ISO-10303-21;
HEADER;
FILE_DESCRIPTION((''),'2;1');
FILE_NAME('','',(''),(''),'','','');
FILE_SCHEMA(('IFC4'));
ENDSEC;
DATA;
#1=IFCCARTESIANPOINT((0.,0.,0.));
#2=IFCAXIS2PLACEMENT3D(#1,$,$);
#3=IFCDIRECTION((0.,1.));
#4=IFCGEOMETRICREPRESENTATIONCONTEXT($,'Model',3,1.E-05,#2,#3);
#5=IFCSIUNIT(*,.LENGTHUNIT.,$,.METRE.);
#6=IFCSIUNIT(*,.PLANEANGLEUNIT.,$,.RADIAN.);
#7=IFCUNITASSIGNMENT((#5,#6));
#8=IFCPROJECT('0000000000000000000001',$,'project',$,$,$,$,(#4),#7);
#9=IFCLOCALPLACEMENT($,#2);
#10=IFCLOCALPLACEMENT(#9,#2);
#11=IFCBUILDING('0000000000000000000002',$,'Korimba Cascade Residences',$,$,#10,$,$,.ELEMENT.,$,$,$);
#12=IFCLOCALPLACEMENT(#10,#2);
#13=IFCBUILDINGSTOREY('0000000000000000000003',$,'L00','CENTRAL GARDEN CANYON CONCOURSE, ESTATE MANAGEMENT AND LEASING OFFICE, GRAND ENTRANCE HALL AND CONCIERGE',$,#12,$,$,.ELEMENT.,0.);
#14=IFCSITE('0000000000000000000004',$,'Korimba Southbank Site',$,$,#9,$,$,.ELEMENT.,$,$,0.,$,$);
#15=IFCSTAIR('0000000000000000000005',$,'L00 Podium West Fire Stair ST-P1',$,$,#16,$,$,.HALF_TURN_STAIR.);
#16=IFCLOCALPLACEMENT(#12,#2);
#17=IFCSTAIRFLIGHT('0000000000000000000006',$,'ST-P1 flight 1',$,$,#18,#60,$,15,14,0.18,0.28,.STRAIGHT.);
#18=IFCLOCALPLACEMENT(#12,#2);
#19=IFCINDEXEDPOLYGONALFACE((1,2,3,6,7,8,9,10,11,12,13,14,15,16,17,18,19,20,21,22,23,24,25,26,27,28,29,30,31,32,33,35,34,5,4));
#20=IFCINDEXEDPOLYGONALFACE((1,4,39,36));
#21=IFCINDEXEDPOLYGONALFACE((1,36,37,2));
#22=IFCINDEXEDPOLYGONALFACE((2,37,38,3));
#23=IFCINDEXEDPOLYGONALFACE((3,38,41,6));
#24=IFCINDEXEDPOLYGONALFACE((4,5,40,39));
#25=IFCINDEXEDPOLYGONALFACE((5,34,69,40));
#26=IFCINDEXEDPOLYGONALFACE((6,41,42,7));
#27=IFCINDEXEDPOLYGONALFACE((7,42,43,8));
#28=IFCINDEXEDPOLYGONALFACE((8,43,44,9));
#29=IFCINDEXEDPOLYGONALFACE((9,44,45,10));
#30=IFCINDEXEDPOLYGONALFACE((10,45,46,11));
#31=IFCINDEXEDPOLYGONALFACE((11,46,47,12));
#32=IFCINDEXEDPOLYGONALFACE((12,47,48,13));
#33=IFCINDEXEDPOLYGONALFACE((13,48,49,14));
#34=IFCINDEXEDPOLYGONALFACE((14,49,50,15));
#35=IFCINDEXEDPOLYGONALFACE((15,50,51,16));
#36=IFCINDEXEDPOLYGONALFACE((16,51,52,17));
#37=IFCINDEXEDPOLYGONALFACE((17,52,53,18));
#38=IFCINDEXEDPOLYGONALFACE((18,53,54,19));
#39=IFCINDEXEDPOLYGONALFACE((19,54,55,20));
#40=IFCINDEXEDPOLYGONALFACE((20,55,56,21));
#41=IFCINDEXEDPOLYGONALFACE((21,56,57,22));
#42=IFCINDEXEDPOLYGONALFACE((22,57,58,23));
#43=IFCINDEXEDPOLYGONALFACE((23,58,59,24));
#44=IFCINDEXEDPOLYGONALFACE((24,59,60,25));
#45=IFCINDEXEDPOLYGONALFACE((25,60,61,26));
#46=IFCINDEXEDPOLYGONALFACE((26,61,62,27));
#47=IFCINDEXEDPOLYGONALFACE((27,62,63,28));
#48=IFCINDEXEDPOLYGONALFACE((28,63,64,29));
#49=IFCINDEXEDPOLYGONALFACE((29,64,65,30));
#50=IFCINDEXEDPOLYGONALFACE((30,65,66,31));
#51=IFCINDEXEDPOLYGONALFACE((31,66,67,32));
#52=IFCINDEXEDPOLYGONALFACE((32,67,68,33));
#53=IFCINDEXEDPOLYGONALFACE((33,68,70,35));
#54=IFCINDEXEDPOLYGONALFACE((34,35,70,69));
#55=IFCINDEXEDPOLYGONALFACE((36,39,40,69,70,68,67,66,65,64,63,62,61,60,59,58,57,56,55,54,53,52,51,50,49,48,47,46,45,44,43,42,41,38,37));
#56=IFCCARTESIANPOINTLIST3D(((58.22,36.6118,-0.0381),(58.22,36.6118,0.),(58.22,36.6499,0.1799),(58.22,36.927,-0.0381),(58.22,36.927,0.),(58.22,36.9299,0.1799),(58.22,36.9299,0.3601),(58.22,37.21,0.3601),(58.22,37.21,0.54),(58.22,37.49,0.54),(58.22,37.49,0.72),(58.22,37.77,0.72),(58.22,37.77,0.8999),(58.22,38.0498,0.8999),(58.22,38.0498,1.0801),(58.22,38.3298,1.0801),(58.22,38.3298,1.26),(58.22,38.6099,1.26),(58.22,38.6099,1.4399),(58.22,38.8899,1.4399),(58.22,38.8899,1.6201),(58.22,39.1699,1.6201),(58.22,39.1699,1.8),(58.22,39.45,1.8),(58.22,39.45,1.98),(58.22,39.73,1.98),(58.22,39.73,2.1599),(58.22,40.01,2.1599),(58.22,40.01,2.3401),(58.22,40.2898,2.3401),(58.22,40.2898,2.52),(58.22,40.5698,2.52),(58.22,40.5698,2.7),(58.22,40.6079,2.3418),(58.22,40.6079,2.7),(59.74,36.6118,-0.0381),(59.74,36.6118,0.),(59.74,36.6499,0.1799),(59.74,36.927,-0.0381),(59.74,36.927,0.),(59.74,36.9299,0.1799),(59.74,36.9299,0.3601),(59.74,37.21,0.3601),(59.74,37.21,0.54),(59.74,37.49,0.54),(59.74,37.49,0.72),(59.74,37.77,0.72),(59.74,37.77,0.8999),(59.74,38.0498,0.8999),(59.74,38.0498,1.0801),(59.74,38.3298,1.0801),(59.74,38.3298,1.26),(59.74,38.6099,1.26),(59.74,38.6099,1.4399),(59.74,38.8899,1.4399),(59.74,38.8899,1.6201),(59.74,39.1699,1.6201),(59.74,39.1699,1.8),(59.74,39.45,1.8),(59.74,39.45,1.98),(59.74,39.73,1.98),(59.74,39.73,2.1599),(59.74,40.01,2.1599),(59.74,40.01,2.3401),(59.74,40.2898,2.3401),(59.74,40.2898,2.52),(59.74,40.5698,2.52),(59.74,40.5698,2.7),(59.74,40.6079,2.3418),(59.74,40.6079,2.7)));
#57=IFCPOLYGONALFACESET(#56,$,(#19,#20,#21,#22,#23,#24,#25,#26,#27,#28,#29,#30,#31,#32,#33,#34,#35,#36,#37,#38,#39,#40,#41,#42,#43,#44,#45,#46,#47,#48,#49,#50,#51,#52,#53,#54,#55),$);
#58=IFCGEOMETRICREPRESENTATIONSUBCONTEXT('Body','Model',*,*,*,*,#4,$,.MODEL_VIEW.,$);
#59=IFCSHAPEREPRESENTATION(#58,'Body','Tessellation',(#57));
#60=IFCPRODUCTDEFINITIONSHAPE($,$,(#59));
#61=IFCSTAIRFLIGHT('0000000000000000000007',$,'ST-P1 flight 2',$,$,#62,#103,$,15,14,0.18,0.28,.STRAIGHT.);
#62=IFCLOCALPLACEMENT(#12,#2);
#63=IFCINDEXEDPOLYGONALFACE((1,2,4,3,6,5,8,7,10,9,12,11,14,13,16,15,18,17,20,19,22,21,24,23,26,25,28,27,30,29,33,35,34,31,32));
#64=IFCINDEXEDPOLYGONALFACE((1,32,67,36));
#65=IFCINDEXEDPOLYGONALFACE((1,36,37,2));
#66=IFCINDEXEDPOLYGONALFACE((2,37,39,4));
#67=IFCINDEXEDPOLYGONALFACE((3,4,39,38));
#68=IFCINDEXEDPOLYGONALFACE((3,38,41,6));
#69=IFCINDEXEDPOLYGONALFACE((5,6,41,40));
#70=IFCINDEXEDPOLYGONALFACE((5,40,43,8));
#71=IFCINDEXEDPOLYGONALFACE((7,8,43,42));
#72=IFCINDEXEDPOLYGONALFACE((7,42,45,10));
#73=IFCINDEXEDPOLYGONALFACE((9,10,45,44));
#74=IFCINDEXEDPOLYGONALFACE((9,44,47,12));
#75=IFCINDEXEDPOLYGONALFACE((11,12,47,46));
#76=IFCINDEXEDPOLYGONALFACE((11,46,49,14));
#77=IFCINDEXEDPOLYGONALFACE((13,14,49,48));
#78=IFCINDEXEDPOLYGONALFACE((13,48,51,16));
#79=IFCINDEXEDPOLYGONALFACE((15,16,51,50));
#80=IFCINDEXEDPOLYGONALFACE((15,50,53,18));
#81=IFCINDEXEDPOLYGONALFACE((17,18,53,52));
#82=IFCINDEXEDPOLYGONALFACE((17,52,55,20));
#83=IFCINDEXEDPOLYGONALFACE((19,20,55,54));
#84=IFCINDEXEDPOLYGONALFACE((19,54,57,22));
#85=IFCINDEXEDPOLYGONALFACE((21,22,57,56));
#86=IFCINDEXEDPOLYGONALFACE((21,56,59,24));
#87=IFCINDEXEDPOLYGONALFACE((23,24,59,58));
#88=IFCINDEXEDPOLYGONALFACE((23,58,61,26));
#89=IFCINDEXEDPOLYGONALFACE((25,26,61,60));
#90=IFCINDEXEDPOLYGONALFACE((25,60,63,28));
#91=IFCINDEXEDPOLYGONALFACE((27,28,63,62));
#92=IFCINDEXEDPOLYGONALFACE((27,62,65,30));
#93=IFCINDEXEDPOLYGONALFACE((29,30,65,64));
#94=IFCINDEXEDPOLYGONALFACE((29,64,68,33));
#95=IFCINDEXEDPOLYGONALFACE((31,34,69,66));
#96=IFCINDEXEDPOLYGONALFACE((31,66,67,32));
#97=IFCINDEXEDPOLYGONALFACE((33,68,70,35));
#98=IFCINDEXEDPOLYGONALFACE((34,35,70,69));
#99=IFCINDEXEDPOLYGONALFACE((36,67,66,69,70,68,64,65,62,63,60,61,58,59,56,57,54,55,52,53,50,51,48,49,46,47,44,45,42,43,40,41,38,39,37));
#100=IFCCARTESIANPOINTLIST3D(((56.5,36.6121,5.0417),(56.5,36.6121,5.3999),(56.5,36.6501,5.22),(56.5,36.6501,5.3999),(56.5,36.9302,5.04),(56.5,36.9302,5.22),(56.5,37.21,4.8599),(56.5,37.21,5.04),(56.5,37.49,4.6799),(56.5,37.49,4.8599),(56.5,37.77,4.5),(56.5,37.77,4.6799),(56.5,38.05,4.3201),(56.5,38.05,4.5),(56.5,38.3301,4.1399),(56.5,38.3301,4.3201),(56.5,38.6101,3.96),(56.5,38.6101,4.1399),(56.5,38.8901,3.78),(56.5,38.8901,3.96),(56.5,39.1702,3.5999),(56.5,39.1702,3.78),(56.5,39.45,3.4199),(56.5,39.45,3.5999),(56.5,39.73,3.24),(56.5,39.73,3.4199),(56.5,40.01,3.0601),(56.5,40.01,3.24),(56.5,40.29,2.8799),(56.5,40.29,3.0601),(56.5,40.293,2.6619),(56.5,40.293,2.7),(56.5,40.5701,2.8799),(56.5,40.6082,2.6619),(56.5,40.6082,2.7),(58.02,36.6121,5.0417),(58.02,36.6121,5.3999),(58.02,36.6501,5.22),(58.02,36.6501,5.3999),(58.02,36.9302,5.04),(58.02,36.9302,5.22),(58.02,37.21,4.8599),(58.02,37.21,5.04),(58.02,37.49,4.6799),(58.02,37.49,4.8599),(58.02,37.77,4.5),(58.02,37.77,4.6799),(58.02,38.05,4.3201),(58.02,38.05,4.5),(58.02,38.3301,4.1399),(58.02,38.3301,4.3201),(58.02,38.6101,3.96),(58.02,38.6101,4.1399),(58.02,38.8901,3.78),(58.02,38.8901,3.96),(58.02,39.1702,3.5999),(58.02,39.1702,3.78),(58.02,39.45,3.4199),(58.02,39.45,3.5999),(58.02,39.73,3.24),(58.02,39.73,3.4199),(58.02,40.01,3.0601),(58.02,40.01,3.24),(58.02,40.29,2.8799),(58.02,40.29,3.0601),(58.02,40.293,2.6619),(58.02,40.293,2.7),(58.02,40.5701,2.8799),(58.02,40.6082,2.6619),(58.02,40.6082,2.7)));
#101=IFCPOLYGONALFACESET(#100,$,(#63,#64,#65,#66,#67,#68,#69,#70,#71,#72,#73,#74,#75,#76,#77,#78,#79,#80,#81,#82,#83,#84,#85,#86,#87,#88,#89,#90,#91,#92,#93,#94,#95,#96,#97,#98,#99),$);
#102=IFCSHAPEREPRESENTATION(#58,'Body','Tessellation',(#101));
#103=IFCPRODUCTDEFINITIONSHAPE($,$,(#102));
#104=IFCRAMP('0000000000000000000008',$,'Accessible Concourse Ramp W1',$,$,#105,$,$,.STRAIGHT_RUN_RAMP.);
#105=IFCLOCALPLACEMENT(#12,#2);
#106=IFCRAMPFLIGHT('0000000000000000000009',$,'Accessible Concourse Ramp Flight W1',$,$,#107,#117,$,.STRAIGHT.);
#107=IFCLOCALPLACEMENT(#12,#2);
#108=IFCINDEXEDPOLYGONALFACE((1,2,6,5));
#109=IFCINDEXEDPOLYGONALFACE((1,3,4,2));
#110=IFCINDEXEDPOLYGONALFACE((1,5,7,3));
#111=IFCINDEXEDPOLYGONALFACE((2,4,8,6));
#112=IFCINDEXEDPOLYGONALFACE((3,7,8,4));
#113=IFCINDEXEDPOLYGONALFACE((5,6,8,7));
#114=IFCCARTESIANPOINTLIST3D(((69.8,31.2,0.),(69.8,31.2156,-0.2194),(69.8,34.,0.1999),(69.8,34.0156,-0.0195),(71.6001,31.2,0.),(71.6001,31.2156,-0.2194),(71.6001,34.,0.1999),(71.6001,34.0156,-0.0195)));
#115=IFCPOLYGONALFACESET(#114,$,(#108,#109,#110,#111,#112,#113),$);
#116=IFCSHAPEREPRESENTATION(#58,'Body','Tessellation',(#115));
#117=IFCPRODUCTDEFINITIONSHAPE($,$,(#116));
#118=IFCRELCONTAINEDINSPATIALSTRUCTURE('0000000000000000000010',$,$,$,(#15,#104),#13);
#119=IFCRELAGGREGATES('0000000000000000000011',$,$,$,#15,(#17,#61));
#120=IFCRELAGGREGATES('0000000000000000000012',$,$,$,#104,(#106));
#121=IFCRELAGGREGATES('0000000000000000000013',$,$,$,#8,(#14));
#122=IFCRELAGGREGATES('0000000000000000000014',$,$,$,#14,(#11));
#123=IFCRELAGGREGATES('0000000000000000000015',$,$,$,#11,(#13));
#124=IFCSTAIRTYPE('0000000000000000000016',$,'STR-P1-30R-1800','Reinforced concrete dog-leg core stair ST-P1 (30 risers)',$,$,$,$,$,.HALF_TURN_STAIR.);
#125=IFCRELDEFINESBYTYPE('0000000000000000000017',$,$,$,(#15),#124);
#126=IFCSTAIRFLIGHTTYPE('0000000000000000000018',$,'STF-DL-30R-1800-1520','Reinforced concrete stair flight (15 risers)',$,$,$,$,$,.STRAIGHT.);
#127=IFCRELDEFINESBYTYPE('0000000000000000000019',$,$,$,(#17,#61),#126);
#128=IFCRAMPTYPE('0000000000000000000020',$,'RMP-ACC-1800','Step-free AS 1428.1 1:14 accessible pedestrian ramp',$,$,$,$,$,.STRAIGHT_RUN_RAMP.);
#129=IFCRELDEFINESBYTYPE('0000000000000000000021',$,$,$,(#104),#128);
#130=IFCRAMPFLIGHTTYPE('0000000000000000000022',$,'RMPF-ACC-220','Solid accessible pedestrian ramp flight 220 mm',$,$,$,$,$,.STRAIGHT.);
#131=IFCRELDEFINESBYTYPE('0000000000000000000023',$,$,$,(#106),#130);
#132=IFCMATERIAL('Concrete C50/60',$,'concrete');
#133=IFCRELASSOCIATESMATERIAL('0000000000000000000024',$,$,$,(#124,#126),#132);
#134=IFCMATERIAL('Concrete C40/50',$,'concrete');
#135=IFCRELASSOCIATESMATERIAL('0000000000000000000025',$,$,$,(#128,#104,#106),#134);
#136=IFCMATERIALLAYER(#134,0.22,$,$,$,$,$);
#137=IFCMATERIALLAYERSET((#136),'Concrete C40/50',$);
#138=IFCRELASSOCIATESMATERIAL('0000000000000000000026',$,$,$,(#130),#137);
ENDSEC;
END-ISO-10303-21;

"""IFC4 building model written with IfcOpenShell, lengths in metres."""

from ifc_helpers import new_model, si_unit, direction, frame, origin, place, context, subcontext, project, spatial, polyline, outline, extrude, material, layer, layer_set, type_object, element, aggregate, save


model = new_model("IFC4")

# Units and contexts
model_context = context("Model", 3, precision=1e-05, world=origin(), true_north=direction((0.0, 1.0)))
body_context = subcontext(model_context, "Body", "Model", "MODEL_VIEW")
ifc_project = project(units=[si_unit("LENGTHUNIT", "METRE"), si_unit("PLANEANGLEUNIT", "RADIAN")], contexts=[model_context])

# Site, building, storey
site_placement = place(None, origin())
site = spatial("IfcSite", under=ifc_project, at=site_placement, Name="Korimba Southbank Site", CompositionType="ELEMENT", RefElevation=0.0)
building_placement = place(site_placement, origin())
building = spatial("IfcBuilding", under=site, at=building_placement, Name="Korimba Cascade Residences", CompositionType="ELEMENT")
storey_placement = place(building_placement, origin())
storey = spatial("IfcBuildingStorey", under=building, at=storey_placement, Name="L00", Description="CENTRAL GARDEN CANYON CONCOURSE, ESTATE MANAGEMENT AND LEASING OFFICE, GRAND ENTRANCE HALL AND CONCIERGE", CompositionType="ELEMENT", Elevation=0.0)

# Shared definitions
ifc_material_1 = material(Name="Concrete C50/60", Category="concrete")

# Shared definitions
ifc_material_2 = material(Name="Concrete C40/50", Category="concrete")

# Stair, stair flights
stair_type = type_object("IfcStairType", Name="STR-P1-30R-1800", Description="Reinforced concrete dog-leg core stair ST-P1 (30 risers)", PredefinedType="HALF_TURN_STAIR", material=ifc_material_1)
stair_placement = place(storey_placement, origin())
stair = element("IfcStair", 1, at=stair_placement, inside=storey, type_object=stair_type, Name="L00 Podium West Fire Stair ST-P1", PredefinedType="HALF_TURN_STAIR")
stair_flight_type = type_object("IfcStairFlightType", Name="STF-DL-30R-1800-1520", Description="Reinforced concrete stair flight (15 risers)", PredefinedType="STRAIGHT", material=ifc_material_1)
stair_flight_1_placement = place(storey_placement, frame((58.98, 36.6499, 0.0), z_axis=(0.0, 0.0, 1.0), x_axis=(0.0, 1.0, 0.0)))
stair_flight_1 = element("IfcStairFlight", 2, at=stair_flight_1_placement, type_object=stair_flight_type, Name="ST-P1 flight 1", NumberOfRisers=15, NumberOfTreads=14, PredefinedType="STRAIGHT", RiserHeight=0.18, TreadLength=0.28, context=body_context, shape_type="SweptSolid", body=[
    extrude(outline(polyline([(-0.0381, 0.0), (0.0, 0.1799), (0.28, 0.1799), (0.28, 0.3601), (0.5601, 0.3601), (0.5601, 0.54), (0.8401, 0.54), (0.8401, 0.72), (1.1201, 0.72), (1.1201, 0.8999), (1.3999, 0.8999), (1.3999, 1.0801), (1.6799, 1.0801), (1.6799, 1.26), (1.96, 1.26), (1.96, 1.4399), (2.24, 1.4399), (2.24, 1.6201), (2.52, 1.6201), (2.52, 1.8), (2.8, 1.8), (2.8, 1.98), (3.0801, 1.98), (3.0801, 2.1599), (3.3601, 2.1599), (3.3601, 2.3401), (3.6399, 2.3401), (3.6399, 2.52), (3.9199, 2.52), (3.9199, 2.7), (3.958, 2.7), (3.958, 2.3418), (0.2771, 0.0), (0.2771, -0.0381), (-0.0381, -0.0381), (-0.0381, 0.0)])), frame((0.0, 0.76, 0.0), z_axis=(0.0, -1.0, 0.0), x_axis=(1.0, 0.0, 0.0)), (0.0, 0.0, 1.0), 1.52),
])
stair_flight_2_placement = place(storey_placement, frame((57.26, 40.5701, 2.7), z_axis=(0.0, 0.0, 1.0), x_axis=(0.0, -1.0, 0.0)))
stair_flight_2 = element("IfcStairFlight", 3, at=stair_flight_2_placement, type_object=stair_flight_type, Name="ST-P1 flight 2", NumberOfRisers=15, NumberOfTreads=14, PredefinedType="STRAIGHT", RiserHeight=0.18, TreadLength=0.28, context=body_context, shape_type="SweptSolid", body=[
    extrude(outline(polyline([(-0.0381, 0.0), (0.0, 0.1799), (0.28, 0.1799), (0.28, 0.3601), (0.5601, 0.3601), (0.5601, 0.54), (0.8401, 0.54), (0.8401, 0.72), (1.1201, 0.72), (1.1201, 0.8999), (1.3999, 0.8999), (1.3999, 1.0801), (1.6799, 1.0801), (1.6799, 1.26), (1.96, 1.26), (1.96, 1.4399), (2.24, 1.4399), (2.24, 1.6201), (2.52, 1.6201), (2.52, 1.8), (2.8, 1.8), (2.8, 1.98), (3.0801, 1.98), (3.0801, 2.1599), (3.3601, 2.1599), (3.3601, 2.3401), (3.6399, 2.3401), (3.6399, 2.52), (3.9199, 2.52), (3.9199, 2.7), (3.958, 2.7), (3.958, 2.3418), (0.2771, 0.0), (0.2771, -0.0381), (-0.0381, -0.0381), (-0.0381, 0.0)])), frame((0.0, 0.76, 0.0), z_axis=(0.0, -1.0, 0.0), x_axis=(1.0, 0.0, 0.0)), (0.0, 0.0, 1.0), 1.52),
])
aggregate(stair, [stair_flight_1, stair_flight_2])

# Ramp, ramp flight
ramp_type = type_object("IfcRampType", Name="RMP-ACC-1800", Description="Step-free AS 1428.1 1:14 accessible pedestrian ramp", PredefinedType="STRAIGHT_RUN_RAMP", material=ifc_material_2)
ramp_placement = place(storey_placement, origin())
ramp = element("IfcRamp", 4, at=ramp_placement, inside=storey, type_object=ramp_type, material=ifc_material_2, Name="Accessible Concourse Ramp W1", PredefinedType="STRAIGHT_RUN_RAMP")
ifc_layer_1 = layer(ifc_material_2, 0.22)
ifc_layer_set_1 = layer_set([ifc_layer_1], Name="Concrete C40/50")
ramp_flight_type = type_object("IfcRampFlightType", Name="RMPF-ACC-220", Description="Solid accessible pedestrian ramp flight 220 mm", PredefinedType="STRAIGHT", material=ifc_layer_set_1)
ramp_flight_placement = place(storey_placement, frame((69.8, 31.2, 0.0), z_axis=(0.0, -0.071229, 0.99746), x_axis=(1.0, 0.0, 0.0)))
ramp_flight = element("IfcRampFlight", 5, at=ramp_flight_placement, type_object=ramp_flight_type, material=ifc_material_2, Name="Accessible Concourse Ramp Flight W1", PredefinedType="STRAIGHT", context=body_context, shape_type="SweptSolid", body=[
    extrude(outline(polyline([(0.0, 0.0), (1.8, 0.0), (1.8, 2.8071), (0.0, 2.8071), (0.0, 0.0)])), origin(), (0.0, 0.0, -1.0), 0.22),
])
aggregate(ramp, [ramp_flight])

save(model, "model.ifc")
